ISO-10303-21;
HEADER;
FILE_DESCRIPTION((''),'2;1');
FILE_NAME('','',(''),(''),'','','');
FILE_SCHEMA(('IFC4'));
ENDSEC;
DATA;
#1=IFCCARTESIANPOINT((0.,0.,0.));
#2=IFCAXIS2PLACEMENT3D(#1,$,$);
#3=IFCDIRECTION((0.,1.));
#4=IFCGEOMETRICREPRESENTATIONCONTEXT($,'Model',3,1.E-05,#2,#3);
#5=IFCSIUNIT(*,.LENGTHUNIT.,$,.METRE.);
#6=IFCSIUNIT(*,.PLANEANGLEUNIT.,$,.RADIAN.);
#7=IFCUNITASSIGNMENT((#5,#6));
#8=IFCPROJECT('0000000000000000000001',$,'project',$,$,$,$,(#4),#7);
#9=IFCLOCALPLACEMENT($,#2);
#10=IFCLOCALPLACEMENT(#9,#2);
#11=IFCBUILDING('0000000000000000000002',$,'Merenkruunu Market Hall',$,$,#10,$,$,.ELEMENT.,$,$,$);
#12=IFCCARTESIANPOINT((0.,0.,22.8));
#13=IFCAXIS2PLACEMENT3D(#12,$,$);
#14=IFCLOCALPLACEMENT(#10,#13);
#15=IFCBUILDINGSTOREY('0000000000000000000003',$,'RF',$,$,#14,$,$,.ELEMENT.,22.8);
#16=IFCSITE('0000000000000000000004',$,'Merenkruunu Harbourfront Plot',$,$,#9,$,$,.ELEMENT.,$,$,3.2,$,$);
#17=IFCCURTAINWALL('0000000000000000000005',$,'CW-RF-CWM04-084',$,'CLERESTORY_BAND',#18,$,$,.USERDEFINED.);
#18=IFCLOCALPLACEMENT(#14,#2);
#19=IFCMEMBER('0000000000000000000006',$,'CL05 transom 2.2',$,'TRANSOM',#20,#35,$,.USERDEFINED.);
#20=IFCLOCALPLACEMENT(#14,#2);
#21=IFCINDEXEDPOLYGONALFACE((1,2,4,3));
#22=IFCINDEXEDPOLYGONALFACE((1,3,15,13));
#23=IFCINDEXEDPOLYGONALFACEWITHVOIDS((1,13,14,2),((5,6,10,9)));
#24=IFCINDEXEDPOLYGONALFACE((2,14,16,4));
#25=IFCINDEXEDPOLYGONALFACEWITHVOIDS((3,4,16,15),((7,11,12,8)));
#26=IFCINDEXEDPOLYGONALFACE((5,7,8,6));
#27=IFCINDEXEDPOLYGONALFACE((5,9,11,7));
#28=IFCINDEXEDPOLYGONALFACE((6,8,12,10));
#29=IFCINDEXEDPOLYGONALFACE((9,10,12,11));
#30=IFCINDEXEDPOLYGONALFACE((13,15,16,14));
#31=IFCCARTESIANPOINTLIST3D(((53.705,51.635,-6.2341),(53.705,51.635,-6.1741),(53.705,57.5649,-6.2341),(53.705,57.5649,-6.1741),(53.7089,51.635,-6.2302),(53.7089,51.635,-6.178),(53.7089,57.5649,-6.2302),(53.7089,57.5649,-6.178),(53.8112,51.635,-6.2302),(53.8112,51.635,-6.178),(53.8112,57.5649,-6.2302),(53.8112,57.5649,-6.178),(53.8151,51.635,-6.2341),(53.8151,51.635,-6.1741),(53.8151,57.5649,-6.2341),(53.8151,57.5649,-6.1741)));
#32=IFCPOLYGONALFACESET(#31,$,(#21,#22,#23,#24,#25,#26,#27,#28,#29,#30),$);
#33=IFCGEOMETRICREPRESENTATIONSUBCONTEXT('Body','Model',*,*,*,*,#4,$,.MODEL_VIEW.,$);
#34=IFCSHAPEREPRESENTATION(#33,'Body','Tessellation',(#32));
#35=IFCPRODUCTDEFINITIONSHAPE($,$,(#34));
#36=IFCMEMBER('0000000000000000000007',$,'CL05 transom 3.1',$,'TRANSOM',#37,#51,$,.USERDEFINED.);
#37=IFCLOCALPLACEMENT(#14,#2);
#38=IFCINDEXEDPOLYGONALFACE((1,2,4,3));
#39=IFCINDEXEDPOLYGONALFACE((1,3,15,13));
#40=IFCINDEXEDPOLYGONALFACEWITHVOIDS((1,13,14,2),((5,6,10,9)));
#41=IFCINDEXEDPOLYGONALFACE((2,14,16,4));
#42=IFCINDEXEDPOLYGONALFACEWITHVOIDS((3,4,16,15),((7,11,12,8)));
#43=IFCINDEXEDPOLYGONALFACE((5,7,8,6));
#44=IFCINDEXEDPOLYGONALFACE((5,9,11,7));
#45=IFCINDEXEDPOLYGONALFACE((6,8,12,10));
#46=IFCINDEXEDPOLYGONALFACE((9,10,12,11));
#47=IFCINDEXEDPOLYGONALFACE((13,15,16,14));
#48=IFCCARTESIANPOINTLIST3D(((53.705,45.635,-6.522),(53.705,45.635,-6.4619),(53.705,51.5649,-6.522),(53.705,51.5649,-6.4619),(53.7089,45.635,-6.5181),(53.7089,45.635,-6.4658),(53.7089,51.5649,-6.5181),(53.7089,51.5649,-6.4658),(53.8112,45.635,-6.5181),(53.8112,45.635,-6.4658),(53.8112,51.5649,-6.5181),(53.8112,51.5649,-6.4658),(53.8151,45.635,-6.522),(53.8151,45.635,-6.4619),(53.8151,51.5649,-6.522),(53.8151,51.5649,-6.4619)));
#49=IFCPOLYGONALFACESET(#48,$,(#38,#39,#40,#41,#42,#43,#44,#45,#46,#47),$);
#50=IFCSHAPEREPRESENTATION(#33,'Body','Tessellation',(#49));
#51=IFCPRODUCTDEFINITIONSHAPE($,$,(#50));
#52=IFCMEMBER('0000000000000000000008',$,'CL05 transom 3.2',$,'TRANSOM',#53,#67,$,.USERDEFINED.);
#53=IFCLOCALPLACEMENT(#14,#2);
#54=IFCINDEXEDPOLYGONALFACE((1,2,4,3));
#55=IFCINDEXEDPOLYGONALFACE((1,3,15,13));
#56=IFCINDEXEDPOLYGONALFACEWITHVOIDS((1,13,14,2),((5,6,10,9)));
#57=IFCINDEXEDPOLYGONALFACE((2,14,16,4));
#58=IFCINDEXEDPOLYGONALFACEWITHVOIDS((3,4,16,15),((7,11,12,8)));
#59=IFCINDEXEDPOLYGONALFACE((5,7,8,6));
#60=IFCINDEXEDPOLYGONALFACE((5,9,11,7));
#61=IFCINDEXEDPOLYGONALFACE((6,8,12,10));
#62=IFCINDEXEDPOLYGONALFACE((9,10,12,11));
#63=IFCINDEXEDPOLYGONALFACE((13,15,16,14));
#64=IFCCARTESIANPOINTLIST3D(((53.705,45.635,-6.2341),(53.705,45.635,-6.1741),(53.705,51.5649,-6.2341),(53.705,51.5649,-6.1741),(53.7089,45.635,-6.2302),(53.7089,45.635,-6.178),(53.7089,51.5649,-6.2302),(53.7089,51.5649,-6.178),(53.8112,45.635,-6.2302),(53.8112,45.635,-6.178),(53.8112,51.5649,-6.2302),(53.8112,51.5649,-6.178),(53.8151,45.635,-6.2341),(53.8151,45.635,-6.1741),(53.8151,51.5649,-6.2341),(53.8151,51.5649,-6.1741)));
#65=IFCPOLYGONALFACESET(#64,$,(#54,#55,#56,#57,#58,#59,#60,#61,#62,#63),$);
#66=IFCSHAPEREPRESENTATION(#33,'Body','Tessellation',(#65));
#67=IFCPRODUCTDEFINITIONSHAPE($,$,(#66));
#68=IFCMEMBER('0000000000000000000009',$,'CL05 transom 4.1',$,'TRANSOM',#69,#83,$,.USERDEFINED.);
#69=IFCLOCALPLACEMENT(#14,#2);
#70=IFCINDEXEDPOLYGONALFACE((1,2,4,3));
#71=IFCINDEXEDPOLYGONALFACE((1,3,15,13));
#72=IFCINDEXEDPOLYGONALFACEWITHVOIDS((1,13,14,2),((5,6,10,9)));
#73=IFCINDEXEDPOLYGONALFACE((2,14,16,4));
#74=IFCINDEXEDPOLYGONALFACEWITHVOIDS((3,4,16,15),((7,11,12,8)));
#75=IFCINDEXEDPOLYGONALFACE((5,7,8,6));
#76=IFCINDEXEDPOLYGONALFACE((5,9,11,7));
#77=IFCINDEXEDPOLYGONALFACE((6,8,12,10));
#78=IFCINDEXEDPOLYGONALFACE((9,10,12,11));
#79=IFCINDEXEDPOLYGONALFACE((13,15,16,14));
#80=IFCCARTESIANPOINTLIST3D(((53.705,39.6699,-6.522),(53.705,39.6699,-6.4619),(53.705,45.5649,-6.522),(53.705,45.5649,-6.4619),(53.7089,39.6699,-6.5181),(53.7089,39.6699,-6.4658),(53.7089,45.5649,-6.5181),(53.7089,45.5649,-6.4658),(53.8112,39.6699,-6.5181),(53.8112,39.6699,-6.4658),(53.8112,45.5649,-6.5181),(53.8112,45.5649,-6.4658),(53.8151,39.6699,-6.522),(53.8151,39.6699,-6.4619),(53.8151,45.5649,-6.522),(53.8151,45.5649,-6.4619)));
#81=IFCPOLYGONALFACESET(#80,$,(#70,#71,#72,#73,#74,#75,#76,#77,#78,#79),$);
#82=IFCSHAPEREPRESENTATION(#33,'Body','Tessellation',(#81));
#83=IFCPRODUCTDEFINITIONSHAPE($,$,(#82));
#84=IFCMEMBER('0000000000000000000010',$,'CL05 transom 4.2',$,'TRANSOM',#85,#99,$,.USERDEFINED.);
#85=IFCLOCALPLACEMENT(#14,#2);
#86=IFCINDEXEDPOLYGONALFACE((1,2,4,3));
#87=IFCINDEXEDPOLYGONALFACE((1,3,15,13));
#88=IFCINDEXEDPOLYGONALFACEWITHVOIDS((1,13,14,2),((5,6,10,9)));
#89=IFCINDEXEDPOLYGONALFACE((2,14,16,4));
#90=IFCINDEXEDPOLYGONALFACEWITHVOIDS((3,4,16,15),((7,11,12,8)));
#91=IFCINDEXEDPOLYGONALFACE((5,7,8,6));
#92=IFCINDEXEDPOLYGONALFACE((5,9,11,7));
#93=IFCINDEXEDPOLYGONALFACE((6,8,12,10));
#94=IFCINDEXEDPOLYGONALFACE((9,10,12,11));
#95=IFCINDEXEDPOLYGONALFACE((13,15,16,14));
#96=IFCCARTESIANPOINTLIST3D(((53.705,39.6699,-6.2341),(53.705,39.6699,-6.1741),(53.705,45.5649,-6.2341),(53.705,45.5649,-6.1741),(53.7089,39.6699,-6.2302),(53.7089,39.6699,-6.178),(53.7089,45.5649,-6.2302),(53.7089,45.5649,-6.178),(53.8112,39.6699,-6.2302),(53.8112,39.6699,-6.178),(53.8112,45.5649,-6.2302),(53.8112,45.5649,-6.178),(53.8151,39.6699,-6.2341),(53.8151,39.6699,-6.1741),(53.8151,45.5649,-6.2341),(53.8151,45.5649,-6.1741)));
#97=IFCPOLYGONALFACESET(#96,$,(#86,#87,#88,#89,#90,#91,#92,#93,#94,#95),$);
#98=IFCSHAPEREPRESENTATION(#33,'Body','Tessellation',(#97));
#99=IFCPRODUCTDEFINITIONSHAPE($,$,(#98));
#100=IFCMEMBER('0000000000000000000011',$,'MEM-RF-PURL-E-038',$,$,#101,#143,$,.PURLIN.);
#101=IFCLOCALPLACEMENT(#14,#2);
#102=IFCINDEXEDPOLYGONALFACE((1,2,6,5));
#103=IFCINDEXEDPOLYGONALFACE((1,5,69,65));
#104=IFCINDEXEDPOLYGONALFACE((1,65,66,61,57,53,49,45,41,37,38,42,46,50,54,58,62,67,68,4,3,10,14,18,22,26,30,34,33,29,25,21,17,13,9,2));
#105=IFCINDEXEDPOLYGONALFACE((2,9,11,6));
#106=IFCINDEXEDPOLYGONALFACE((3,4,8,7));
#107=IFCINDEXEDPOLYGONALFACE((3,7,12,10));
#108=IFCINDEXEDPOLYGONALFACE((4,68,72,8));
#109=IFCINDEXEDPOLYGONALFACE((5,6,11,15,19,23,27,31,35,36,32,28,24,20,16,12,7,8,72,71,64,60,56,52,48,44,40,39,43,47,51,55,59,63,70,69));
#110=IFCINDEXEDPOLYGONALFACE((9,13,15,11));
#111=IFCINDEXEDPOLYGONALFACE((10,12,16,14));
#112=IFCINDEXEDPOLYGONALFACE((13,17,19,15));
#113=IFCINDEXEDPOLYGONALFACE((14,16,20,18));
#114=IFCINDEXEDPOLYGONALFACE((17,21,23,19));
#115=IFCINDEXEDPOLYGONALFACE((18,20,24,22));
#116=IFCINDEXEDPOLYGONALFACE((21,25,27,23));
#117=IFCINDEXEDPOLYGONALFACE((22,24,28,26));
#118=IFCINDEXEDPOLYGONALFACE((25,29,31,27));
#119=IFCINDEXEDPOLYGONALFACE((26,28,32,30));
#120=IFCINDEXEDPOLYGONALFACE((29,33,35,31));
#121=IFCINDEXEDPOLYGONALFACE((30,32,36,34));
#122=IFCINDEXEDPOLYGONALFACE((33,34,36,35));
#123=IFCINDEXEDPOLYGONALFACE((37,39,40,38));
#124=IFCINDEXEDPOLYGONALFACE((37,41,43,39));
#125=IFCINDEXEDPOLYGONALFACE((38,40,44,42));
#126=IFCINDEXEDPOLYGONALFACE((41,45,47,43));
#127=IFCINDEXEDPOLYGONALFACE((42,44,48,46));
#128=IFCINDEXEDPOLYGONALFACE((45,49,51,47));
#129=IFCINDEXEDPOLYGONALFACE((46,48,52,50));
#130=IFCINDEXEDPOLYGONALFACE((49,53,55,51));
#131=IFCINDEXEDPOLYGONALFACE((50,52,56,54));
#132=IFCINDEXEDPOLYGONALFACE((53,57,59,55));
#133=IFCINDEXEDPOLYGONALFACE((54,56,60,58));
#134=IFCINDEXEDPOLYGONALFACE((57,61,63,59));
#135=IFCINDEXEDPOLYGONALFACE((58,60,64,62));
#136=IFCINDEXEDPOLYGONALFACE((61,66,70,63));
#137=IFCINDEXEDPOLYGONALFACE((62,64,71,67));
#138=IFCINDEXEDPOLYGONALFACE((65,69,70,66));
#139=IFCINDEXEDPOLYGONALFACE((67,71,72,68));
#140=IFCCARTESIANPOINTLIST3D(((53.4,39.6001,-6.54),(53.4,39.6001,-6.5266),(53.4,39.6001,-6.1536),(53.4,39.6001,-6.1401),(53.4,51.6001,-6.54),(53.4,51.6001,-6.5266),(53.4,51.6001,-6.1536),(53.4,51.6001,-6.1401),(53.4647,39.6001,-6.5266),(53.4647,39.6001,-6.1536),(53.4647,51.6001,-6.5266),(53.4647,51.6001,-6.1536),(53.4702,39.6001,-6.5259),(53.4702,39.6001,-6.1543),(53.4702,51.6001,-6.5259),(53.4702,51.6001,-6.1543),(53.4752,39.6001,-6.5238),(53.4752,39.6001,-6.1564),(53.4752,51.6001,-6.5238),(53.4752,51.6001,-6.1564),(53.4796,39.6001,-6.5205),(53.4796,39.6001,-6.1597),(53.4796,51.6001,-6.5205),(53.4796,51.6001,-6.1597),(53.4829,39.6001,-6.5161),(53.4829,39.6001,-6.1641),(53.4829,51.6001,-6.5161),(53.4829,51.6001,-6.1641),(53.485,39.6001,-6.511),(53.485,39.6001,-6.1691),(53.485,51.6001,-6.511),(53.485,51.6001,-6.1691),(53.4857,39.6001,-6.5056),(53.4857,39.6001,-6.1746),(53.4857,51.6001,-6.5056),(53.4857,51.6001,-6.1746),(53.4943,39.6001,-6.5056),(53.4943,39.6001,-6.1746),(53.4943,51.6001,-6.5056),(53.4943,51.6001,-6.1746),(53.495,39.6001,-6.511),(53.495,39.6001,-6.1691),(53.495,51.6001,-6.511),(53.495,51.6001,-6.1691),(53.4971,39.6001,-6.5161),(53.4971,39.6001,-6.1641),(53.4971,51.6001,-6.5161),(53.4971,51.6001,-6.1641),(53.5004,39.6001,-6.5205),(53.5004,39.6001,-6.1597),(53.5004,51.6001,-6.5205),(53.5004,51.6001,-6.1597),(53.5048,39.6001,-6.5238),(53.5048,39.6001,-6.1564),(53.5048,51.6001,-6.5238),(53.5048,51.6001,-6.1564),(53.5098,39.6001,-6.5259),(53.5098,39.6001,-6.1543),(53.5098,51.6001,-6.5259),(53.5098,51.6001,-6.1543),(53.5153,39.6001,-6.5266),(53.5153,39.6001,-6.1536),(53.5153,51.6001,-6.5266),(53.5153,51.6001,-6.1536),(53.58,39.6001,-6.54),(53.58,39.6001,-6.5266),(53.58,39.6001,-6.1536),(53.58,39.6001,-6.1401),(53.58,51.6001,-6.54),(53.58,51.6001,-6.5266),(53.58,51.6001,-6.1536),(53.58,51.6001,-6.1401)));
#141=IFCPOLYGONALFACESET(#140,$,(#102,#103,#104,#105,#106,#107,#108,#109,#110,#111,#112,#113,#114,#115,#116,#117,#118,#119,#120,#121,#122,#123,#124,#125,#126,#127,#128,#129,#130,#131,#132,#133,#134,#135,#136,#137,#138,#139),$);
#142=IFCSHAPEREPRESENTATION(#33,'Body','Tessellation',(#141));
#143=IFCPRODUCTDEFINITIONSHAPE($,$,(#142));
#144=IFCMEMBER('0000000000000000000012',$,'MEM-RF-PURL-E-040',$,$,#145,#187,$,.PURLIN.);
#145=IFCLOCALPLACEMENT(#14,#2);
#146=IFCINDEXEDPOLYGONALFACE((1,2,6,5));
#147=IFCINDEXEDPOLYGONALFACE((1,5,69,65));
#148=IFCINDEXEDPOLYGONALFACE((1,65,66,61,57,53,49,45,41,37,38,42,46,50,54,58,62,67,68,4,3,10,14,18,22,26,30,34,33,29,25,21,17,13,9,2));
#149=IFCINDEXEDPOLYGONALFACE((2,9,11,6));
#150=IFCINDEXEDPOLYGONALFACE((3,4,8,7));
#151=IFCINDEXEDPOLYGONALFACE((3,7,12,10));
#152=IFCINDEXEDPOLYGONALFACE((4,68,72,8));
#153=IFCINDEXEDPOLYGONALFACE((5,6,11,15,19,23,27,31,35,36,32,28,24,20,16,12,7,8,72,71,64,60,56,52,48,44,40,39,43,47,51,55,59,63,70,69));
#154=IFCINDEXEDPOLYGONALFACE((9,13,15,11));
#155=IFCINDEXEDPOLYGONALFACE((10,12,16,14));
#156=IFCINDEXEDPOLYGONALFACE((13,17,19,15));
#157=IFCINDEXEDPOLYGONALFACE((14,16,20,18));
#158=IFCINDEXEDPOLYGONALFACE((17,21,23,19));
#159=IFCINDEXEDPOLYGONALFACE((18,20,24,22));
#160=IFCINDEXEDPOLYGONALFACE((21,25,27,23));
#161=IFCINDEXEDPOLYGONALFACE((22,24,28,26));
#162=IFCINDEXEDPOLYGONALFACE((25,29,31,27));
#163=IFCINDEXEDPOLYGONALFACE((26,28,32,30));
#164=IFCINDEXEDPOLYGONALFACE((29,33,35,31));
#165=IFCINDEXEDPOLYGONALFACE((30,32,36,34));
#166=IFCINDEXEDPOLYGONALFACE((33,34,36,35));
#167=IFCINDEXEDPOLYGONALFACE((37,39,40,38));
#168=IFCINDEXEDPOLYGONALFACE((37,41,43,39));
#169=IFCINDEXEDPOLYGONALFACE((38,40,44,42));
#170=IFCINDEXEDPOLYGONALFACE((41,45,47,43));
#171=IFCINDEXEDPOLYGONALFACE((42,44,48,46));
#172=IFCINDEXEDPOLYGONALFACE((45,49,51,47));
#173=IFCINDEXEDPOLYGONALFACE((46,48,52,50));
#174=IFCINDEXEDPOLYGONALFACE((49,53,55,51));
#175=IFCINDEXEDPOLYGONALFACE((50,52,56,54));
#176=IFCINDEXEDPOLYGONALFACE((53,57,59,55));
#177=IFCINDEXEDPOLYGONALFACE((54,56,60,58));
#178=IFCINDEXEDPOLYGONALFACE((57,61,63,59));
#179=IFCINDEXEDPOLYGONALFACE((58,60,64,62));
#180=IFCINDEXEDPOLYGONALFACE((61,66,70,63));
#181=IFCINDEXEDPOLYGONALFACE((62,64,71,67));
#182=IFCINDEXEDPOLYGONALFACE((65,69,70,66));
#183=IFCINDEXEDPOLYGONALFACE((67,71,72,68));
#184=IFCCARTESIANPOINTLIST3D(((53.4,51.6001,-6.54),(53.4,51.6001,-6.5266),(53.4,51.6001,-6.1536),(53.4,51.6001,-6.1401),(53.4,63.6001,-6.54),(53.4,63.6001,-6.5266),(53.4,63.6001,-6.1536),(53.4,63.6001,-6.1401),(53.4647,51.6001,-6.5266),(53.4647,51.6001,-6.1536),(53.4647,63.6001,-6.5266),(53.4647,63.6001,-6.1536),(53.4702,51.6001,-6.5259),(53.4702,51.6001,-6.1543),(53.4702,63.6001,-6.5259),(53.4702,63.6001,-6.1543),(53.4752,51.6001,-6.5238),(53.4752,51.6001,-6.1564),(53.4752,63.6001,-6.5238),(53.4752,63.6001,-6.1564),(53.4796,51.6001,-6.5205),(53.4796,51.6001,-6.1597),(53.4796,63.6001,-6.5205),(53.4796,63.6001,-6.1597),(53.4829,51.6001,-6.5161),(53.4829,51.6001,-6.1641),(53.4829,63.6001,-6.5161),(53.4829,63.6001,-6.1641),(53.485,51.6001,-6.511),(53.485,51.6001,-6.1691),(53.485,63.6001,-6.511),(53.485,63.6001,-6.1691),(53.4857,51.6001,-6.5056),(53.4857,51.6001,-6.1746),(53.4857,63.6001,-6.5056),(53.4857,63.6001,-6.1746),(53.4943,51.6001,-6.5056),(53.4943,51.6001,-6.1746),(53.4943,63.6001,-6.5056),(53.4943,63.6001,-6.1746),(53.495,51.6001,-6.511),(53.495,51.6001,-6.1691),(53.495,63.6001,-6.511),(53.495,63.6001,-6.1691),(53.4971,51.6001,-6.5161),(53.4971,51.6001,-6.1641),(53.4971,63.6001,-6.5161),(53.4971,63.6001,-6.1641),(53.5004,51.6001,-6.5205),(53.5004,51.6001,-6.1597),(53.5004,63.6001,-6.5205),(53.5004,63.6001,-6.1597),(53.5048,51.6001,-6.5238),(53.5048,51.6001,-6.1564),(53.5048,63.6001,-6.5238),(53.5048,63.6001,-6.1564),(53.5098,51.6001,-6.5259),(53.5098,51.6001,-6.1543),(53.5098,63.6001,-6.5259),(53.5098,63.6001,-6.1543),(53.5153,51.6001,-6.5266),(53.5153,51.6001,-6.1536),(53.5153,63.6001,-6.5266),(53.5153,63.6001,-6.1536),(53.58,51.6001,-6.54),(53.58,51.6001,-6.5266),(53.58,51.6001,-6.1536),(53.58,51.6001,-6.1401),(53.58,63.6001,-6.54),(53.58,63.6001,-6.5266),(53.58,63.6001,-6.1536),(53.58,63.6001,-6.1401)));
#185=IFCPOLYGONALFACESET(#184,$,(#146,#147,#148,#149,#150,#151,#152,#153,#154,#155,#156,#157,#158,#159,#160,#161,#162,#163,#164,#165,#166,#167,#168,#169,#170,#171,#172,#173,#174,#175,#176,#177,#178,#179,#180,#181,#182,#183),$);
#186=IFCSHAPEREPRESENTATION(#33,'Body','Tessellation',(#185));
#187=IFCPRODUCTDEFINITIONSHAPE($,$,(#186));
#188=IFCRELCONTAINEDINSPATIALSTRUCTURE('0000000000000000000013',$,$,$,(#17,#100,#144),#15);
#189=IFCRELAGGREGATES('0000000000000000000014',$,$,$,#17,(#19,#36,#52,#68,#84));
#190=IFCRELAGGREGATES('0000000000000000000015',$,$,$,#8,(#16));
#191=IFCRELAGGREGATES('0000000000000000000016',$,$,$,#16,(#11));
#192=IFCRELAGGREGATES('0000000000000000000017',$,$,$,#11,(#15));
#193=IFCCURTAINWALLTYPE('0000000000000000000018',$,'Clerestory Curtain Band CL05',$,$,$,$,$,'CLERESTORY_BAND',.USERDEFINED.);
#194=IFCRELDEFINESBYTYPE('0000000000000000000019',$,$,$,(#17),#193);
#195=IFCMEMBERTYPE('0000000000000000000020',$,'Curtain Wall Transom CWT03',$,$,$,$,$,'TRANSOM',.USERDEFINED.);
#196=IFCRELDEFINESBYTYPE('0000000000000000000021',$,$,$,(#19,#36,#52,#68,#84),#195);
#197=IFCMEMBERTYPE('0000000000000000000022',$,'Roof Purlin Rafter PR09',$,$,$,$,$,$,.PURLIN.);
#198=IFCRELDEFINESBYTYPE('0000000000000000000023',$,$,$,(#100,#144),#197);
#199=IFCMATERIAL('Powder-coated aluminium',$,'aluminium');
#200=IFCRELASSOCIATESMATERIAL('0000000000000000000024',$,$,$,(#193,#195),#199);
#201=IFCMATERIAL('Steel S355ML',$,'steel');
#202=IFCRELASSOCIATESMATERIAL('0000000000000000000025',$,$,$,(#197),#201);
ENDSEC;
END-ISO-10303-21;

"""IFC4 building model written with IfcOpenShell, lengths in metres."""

from ifc_helpers import new_model, si_unit, direction, frame, origin, origin_2d, place, context, subcontext, project, spatial, hollow_rectangle, i_section, extrude, material, material_profile, profile_set, type_object, element, aggregate, save


model = new_model("IFC4")

# Units and contexts
model_context = context("Model", 3, precision=1e-05, world=origin(), true_north=direction((0.0, 1.0)))
body_context = subcontext(model_context, "Body", "Model", "MODEL_VIEW")
ifc_project = project(units=[si_unit("LENGTHUNIT", "METRE"), si_unit("PLANEANGLEUNIT", "RADIAN")], contexts=[model_context])

# Site, building, storey
site_placement = place(None, origin())
site = spatial("IfcSite", under=ifc_project, at=site_placement, Name="Merenkruunu Harbourfront Plot", CompositionType="ELEMENT", RefElevation=3.2)
building_placement = place(site_placement, origin())
building = spatial("IfcBuilding", under=site, at=building_placement, Name="Merenkruunu Market Hall", CompositionType="ELEMENT")
storey_placement = place(building_placement, frame((0.0, 0.0, 22.8)))
storey = spatial("IfcBuildingStorey", under=building, at=storey_placement, Name="RF", CompositionType="ELEMENT", Elevation=22.8)

# Shared definitions
ifc_material_1 = material(Name="Powder-coated aluminium", Category="aluminium")
curtain_wall_type = type_object("IfcCurtainWallType", Name="Clerestory Curtain Band CL05", ElementType="CLERESTORY_BAND", PredefinedType="USERDEFINED", material=ifc_material_1)

# Curtain wall
curtain_wall_1_placement = place(storey_placement, origin())
curtain_wall_1 = element("IfcCurtainWall", 1, at=curtain_wall_1_placement, inside=storey, type_object=curtain_wall_type, Name="CW-RF-CWM04-084", ObjectType="CLERESTORY_BAND", PredefinedType="USERDEFINED")

# Members
ifc_material_profile_1 = material_profile(ifc_material_1, hollow_rectangle(XDim=0.0601, YDim=0.1101, WallThickness=0.0039, at=origin_2d()), Name="ALU 60x110x4")
ifc_profile_set_1 = profile_set([ifc_material_profile_1], Name="Powder-coated aluminium")
member_type_1 = type_object("IfcMemberType", Name="Curtain Wall Transom CWT03", ElementType="TRANSOM", PredefinedType="USERDEFINED", material=ifc_profile_set_1)
member_1_placement = place(storey_placement, frame((53.76, 57.5649, -6.2041), z_axis=(0.0, -1.0, 0.0), x_axis=(0.0, 0.0, 1.0)))
member_1 = element("IfcMember", 2, at=member_1_placement, type_object=member_type_1, Name="CL05 transom 2.2", ObjectType="TRANSOM", PredefinedType="USERDEFINED", context=body_context, shape_type="SweptSolid", body=[
    extrude(hollow_rectangle(XDim=0.0601, YDim=0.1101, WallThickness=0.0039, at=origin_2d()), origin(), (0.0, 0.0, 1.0), 5.9299),
])
member_2_placement = place(storey_placement, frame((53.76, 51.5649, -6.4919), z_axis=(0.0, -1.0, 0.0), x_axis=(0.0, 0.0, 1.0)))
member_2 = element("IfcMember", 3, at=member_2_placement, type_object=member_type_1, Name="CL05 transom 3.1", ObjectType="TRANSOM", PredefinedType="USERDEFINED", context=body_context, shape_type="SweptSolid", body=[
    extrude(hollow_rectangle(XDim=0.0601, YDim=0.1101, WallThickness=0.0039, at=origin_2d()), origin(), (0.0, 0.0, 1.0), 5.9299),
])
member_3_placement = place(storey_placement, frame((53.76, 51.5649, -6.2041), z_axis=(0.0, -1.0, 0.0), x_axis=(0.0, 0.0, 1.0)))
member_3 = element("IfcMember", 4, at=member_3_placement, type_object=member_type_1, Name="CL05 transom 3.2", ObjectType="TRANSOM", PredefinedType="USERDEFINED", context=body_context, shape_type="SweptSolid", body=[
    extrude(hollow_rectangle(XDim=0.0601, YDim=0.1101, WallThickness=0.0039, at=origin_2d()), origin(), (0.0, 0.0, 1.0), 5.9299),
])
member_4_placement = place(storey_placement, frame((53.76, 45.5649, -6.4919), z_axis=(0.0, -1.0, 0.0), x_axis=(0.0, 0.0, 1.0)))
member_4 = element("IfcMember", 5, at=member_4_placement, type_object=member_type_1, Name="CL05 transom 4.1", ObjectType="TRANSOM", PredefinedType="USERDEFINED", context=body_context, shape_type="SweptSolid", body=[
    extrude(hollow_rectangle(XDim=0.0601, YDim=0.1101, WallThickness=0.0039, at=origin_2d()), origin(), (0.0, 0.0, 1.0), 5.895),
])
member_5_placement = place(storey_placement, frame((53.76, 45.5649, -6.2041), z_axis=(0.0, -1.0, 0.0), x_axis=(0.0, 0.0, 1.0)))
member_5 = element("IfcMember", 6, at=member_5_placement, type_object=member_type_1, Name="CL05 transom 4.2", ObjectType="TRANSOM", PredefinedType="USERDEFINED", context=body_context, shape_type="SweptSolid", body=[
    extrude(hollow_rectangle(XDim=0.0601, YDim=0.1101, WallThickness=0.0039, at=origin_2d()), origin(), (0.0, 0.0, 1.0), 5.895),
])

# Members
ifc_material_2 = material(Name="Steel S355ML", Category="steel")
ifc_material_profile_2 = material_profile(ifc_material_2, i_section(OverallWidth=0.1799, OverallDepth=0.3999, WebThickness=0.0085, FlangeThickness=0.0134, FilletRadius=0.021, at=origin_2d()), Name="IPE 400")
ifc_profile_set_2 = profile_set([ifc_material_profile_2], Name="Steel S355ML")
member_type_2 = type_object("IfcMemberType", Name="Roof Purlin Rafter PR09", PredefinedType="PURLIN", material=ifc_profile_set_2)
for number, where, z_axis, x_axis, name in (
    (7, (53.49, 39.6001, -6.3401), (0.0, 1.0, 0.0), (-1.0, 0.0, 0.0), "MEM-RF-PURL-E-038"),
    (8, (53.49, 51.6001, -6.3401), (0.0, 1.0, 0.0), (-1.0, 0.0, 0.0), "MEM-RF-PURL-E-040"),
):
    element("IfcMember", number, at=place(storey_placement, frame(where, z_axis=z_axis, x_axis=x_axis)), inside=storey, type_object=member_type_2, Name=name, PredefinedType="PURLIN", context=body_context, shape_type="SweptSolid", body=[
        extrude(i_section(OverallWidth=0.1799, OverallDepth=0.3999, WebThickness=0.0085, FlangeThickness=0.0134, FilletRadius=0.021, at=origin_2d()), origin(), (0.0, 0.0, 1.0), 12.0),
    ])

aggregate(curtain_wall_1, [member_1, member_2, member_3, member_4, member_5])

save(model, "model.ifc")
